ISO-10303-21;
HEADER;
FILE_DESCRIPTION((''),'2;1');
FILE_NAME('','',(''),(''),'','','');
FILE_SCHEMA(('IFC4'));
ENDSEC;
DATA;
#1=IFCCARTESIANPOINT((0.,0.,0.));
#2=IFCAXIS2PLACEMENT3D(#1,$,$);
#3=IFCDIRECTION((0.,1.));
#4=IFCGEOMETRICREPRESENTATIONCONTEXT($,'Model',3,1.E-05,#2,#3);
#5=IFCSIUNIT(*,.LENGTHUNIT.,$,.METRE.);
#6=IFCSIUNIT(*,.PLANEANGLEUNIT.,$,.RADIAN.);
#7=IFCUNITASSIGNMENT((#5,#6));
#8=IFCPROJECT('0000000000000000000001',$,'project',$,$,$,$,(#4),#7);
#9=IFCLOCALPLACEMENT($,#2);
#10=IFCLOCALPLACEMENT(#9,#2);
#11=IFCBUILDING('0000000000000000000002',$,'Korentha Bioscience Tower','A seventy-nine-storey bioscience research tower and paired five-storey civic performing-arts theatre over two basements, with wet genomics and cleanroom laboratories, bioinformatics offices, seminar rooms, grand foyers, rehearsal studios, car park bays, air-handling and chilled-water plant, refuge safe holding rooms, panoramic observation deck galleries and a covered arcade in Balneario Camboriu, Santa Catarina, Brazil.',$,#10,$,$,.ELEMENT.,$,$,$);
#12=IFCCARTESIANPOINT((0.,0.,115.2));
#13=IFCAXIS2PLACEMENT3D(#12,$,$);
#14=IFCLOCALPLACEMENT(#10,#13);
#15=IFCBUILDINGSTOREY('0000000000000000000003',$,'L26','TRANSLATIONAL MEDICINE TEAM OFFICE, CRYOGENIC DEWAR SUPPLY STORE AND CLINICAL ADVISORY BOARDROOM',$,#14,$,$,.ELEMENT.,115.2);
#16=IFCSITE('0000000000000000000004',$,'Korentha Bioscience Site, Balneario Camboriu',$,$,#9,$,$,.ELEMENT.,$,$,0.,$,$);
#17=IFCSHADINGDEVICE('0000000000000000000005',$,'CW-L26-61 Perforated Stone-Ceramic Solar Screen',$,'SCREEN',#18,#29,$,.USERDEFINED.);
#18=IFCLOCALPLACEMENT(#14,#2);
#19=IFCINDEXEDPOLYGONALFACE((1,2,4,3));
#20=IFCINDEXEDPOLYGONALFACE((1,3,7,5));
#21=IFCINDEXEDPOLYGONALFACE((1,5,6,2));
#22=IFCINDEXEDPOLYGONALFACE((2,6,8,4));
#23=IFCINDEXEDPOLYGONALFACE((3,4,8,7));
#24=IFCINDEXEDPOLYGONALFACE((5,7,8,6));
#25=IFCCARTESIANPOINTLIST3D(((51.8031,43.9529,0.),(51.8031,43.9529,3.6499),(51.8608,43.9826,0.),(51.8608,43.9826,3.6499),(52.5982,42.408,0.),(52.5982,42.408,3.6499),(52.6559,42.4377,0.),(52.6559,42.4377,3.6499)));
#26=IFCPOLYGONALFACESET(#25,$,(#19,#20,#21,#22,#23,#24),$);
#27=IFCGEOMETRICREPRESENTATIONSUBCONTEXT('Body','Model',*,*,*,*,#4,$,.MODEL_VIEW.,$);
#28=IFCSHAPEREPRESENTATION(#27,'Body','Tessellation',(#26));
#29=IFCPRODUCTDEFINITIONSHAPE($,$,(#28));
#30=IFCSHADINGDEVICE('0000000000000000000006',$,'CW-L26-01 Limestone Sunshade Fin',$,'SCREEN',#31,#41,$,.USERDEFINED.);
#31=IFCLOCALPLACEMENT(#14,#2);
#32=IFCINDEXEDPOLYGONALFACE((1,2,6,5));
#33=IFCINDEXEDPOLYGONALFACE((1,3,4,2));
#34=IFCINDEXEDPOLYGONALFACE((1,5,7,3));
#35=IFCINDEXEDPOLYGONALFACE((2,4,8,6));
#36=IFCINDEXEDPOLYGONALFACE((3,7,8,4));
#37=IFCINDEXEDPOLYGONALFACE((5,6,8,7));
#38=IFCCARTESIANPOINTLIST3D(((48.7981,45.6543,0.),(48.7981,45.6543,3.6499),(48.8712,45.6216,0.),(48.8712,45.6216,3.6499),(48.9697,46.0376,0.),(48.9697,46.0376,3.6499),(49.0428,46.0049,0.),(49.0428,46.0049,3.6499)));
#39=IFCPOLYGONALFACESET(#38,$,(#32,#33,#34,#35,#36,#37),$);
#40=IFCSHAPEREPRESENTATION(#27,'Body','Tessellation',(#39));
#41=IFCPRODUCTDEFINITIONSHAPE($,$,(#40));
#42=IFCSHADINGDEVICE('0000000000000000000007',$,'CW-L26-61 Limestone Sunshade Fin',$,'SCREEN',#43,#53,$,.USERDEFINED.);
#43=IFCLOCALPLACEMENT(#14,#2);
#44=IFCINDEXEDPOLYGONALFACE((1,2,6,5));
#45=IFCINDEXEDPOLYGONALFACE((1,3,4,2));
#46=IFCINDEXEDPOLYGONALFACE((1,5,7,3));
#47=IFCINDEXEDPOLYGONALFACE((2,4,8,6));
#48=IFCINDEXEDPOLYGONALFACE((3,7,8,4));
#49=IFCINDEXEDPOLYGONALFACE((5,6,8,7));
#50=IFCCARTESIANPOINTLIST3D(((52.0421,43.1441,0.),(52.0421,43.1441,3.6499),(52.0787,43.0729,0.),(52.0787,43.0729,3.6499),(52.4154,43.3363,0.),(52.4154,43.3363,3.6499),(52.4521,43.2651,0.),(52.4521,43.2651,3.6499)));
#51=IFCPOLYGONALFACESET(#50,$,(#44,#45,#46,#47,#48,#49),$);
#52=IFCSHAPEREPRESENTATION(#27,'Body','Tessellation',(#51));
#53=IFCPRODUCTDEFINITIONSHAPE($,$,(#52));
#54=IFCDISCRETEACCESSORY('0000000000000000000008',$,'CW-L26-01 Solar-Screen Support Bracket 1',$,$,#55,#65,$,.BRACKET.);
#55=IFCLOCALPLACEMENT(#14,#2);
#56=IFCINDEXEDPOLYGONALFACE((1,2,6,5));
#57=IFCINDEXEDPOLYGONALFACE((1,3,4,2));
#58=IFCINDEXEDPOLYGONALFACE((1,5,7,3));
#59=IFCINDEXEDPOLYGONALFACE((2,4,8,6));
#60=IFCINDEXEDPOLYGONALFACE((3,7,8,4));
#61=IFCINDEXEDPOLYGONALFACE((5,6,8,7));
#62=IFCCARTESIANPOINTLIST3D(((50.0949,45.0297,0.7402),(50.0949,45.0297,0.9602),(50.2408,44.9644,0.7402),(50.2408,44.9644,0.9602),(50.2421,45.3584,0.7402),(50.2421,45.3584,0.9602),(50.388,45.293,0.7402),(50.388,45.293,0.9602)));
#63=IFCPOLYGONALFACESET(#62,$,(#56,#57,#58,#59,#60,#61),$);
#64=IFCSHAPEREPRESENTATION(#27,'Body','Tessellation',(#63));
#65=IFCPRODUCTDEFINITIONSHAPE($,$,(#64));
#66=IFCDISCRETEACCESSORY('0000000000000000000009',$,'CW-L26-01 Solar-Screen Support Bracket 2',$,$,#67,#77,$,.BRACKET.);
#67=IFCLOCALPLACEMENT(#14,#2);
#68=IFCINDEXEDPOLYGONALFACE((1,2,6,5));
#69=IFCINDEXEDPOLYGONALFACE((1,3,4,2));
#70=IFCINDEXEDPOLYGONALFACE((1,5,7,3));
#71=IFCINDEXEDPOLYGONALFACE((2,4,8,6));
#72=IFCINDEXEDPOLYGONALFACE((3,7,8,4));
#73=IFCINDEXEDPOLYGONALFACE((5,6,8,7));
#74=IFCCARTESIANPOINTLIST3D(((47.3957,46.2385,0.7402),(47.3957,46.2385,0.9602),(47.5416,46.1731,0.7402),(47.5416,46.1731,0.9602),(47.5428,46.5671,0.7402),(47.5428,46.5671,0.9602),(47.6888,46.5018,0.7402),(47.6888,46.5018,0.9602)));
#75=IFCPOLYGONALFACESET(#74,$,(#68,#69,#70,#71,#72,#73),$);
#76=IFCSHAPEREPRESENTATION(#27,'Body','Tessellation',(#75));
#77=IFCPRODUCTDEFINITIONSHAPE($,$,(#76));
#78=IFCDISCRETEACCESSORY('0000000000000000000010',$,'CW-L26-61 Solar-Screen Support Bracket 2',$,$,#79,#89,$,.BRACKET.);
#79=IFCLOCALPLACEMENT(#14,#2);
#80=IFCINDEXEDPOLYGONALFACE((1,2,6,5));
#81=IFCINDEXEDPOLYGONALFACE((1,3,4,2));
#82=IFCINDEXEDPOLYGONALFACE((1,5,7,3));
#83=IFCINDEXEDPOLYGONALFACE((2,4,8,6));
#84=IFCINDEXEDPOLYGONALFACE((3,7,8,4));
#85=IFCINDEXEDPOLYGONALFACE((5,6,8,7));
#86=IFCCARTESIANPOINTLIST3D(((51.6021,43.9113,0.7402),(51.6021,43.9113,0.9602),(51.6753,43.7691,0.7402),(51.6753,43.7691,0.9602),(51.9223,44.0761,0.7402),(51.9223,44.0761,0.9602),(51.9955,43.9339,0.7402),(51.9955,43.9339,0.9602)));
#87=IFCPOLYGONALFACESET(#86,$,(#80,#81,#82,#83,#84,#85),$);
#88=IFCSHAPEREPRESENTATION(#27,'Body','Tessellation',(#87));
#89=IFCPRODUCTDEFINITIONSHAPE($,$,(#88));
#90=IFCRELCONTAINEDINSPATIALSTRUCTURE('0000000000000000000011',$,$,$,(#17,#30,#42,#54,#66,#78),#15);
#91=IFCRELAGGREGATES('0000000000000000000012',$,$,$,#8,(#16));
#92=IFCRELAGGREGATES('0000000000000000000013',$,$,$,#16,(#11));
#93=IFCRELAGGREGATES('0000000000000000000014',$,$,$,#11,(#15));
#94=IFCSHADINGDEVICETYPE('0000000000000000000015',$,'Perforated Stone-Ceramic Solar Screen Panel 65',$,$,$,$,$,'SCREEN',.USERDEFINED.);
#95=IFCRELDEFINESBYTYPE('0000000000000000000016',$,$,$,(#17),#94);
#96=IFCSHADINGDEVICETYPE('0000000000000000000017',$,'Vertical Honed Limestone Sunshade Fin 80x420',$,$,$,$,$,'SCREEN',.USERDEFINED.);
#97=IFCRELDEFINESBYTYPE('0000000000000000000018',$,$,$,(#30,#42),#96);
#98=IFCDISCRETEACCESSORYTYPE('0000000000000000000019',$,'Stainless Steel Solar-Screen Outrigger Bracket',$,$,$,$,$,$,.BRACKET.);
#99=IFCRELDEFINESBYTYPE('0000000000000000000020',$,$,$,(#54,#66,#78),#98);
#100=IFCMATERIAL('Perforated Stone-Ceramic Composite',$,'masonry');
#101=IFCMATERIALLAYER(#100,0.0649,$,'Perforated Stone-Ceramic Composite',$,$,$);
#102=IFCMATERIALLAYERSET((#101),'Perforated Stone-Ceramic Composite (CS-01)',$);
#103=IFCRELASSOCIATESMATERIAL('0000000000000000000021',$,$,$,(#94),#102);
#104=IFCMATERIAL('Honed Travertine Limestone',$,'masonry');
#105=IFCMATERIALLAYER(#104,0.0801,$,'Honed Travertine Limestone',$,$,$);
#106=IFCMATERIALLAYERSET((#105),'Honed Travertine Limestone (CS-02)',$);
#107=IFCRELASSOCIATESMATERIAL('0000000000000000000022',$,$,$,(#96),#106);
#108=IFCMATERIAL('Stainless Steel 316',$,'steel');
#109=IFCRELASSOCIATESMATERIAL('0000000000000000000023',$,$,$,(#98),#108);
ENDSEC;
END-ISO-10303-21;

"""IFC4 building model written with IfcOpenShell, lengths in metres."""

from ifc_helpers import new_model, si_unit, direction, frame, origin, origin_2d, place, context, subcontext, project, spatial, rectangle, extrude, material, layer, layer_set, type_object, element, save


model = new_model("IFC4")

# Units and contexts
model_context = context("Model", 3, precision=1e-05, world=origin(), true_north=direction((0.0, 1.0)))
body_context = subcontext(model_context, "Body", "Model", "MODEL_VIEW")
ifc_project = project(units=[si_unit("LENGTHUNIT", "METRE"), si_unit("PLANEANGLEUNIT", "RADIAN")], contexts=[model_context])

# Site, building, storey
site_placement = place(None, origin())
site = spatial("IfcSite", under=ifc_project, at=site_placement, Name="Korentha Bioscience Site, Balneario Camboriu", CompositionType="ELEMENT", RefElevation=0.0)
building_placement = place(site_placement, origin())
building = spatial("IfcBuilding", under=site, at=building_placement, Name="Korentha Bioscience Tower", Description="A seventy-nine-storey bioscience research tower and paired five-storey civic performing-arts theatre over two basements, with wet genomics and cleanroom laboratories, bioinformatics offices, seminar rooms, grand foyers, rehearsal studios, car park bays, air-handling and chilled-water plant, refuge safe holding rooms, panoramic observation deck galleries and a covered arcade in Balneario Camboriu, Santa Catarina, Brazil.", CompositionType="ELEMENT")
storey_placement = place(building_placement, frame((0.0, 0.0, 115.2)))
storey = spatial("IfcBuildingStorey", under=building, at=storey_placement, Name="L26", Description="TRANSLATIONAL MEDICINE TEAM OFFICE, CRYOGENIC DEWAR SUPPLY STORE AND CLINICAL ADVISORY BOARDROOM", CompositionType="ELEMENT", Elevation=115.2)

# Shading devices
ifc_material_1 = material(Name="Perforated Stone-Ceramic Composite", Category="masonry")
ifc_layer_1 = layer(ifc_material_1, 0.0649, Name="Perforated Stone-Ceramic Composite")
ifc_layer_set_1 = layer_set([ifc_layer_1], Name="Perforated Stone-Ceramic Composite (CS-01)")
shading_device_type_1 = type_object("IfcShadingDeviceType", Name="Perforated Stone-Ceramic Solar Screen Panel 65", ElementType="SCREEN", PredefinedType="USERDEFINED", material=ifc_layer_set_1)
shading_device_1_placement = place(storey_placement, frame((52.2295, 43.1953, 0.0), z_axis=(0.0, 0.0, 1.0), x_axis=(-0.457613, 0.889151, 0.0)))
element("IfcShadingDevice", 1, at=shading_device_1_placement, inside=storey, type_object=shading_device_type_1, Name="CW-L26-61 Perforated Stone-Ceramic Solar Screen", ObjectType="SCREEN", PredefinedType="USERDEFINED", context=body_context, shape_type="SweptSolid", body=[
    extrude(rectangle(XDim=1.7375, YDim=0.0649, at=origin_2d()), origin(), (0.0, 0.0, 1.0), 3.6499),
])
ifc_material_2 = material(Name="Honed Travertine Limestone", Category="masonry")
ifc_layer_2 = layer(ifc_material_2, 0.0801, Name="Honed Travertine Limestone")
ifc_layer_set_2 = layer_set([ifc_layer_2], Name="Honed Travertine Limestone (CS-02)")
shading_device_type_2 = type_object("IfcShadingDeviceType", Name="Vertical Honed Limestone Sunshade Fin 80x420", ElementType="SCREEN", PredefinedType="USERDEFINED", material=ifc_layer_set_2)
for number, where, z_axis, x_axis, name in (
    (2, (48.9204, 45.8296, 0.0), (0.0, 0.0, 1.0), (-0.912687, 0.40866, 0.0), "CW-L26-01 Limestone Sunshade Fin"),
    (3, (52.2471, 43.2046, 0.0), (0.0, 0.0, 1.0), (-0.457613, 0.889151, 0.0), "CW-L26-61 Limestone Sunshade Fin"),
):
    element("IfcShadingDevice", number, at=place(storey_placement, frame(where, z_axis=z_axis, x_axis=x_axis)), inside=storey, type_object=shading_device_type_2, Name=name, ObjectType="SCREEN", PredefinedType="USERDEFINED", context=body_context, shape_type="SweptSolid", body=[
        extrude(rectangle(XDim=0.0801, YDim=0.4199, at=origin_2d()), origin(), (0.0, 0.0, 1.0), 3.6499),
    ])

# Discrete accessories
ifc_material_3 = material(Name="Stainless Steel 316", Category="steel")
discrete_accessory_type = type_object("IfcDiscreteAccessoryType", Name="Stainless Steel Solar-Screen Outrigger Bracket", PredefinedType="BRACKET", material=ifc_material_3)
for number, where, z_axis, x_axis, name in (
    (4, (50.2415, 45.1614, 0.7402), (0.0, 0.0, 1.0), (-0.912687, 0.40866, 0.0), "CW-L26-01 Solar-Screen Support Bracket 1"),
    (5, (47.5422, 46.3701, 0.7402), (0.0, 0.0, 1.0), (-0.912687, 0.40866, 0.0), "CW-L26-01 Solar-Screen Support Bracket 2"),
    (6, (51.7988, 43.9226, 0.7402), (0.0, 0.0, 1.0), (-0.457613, 0.889151, 0.0), "CW-L26-61 Solar-Screen Support Bracket 2"),
):
    element("IfcDiscreteAccessory", number, at=place(storey_placement, frame(where, z_axis=z_axis, x_axis=x_axis)), inside=storey, type_object=discrete_accessory_type, Name=name, PredefinedType="BRACKET", context=body_context, shape_type="SweptSolid", body=[
        extrude(rectangle(XDim=0.1599, YDim=0.3601, at=origin_2d()), origin(), (0.0, 0.0, 1.0), 0.22),
    ])

save(model, "model.ifc")
